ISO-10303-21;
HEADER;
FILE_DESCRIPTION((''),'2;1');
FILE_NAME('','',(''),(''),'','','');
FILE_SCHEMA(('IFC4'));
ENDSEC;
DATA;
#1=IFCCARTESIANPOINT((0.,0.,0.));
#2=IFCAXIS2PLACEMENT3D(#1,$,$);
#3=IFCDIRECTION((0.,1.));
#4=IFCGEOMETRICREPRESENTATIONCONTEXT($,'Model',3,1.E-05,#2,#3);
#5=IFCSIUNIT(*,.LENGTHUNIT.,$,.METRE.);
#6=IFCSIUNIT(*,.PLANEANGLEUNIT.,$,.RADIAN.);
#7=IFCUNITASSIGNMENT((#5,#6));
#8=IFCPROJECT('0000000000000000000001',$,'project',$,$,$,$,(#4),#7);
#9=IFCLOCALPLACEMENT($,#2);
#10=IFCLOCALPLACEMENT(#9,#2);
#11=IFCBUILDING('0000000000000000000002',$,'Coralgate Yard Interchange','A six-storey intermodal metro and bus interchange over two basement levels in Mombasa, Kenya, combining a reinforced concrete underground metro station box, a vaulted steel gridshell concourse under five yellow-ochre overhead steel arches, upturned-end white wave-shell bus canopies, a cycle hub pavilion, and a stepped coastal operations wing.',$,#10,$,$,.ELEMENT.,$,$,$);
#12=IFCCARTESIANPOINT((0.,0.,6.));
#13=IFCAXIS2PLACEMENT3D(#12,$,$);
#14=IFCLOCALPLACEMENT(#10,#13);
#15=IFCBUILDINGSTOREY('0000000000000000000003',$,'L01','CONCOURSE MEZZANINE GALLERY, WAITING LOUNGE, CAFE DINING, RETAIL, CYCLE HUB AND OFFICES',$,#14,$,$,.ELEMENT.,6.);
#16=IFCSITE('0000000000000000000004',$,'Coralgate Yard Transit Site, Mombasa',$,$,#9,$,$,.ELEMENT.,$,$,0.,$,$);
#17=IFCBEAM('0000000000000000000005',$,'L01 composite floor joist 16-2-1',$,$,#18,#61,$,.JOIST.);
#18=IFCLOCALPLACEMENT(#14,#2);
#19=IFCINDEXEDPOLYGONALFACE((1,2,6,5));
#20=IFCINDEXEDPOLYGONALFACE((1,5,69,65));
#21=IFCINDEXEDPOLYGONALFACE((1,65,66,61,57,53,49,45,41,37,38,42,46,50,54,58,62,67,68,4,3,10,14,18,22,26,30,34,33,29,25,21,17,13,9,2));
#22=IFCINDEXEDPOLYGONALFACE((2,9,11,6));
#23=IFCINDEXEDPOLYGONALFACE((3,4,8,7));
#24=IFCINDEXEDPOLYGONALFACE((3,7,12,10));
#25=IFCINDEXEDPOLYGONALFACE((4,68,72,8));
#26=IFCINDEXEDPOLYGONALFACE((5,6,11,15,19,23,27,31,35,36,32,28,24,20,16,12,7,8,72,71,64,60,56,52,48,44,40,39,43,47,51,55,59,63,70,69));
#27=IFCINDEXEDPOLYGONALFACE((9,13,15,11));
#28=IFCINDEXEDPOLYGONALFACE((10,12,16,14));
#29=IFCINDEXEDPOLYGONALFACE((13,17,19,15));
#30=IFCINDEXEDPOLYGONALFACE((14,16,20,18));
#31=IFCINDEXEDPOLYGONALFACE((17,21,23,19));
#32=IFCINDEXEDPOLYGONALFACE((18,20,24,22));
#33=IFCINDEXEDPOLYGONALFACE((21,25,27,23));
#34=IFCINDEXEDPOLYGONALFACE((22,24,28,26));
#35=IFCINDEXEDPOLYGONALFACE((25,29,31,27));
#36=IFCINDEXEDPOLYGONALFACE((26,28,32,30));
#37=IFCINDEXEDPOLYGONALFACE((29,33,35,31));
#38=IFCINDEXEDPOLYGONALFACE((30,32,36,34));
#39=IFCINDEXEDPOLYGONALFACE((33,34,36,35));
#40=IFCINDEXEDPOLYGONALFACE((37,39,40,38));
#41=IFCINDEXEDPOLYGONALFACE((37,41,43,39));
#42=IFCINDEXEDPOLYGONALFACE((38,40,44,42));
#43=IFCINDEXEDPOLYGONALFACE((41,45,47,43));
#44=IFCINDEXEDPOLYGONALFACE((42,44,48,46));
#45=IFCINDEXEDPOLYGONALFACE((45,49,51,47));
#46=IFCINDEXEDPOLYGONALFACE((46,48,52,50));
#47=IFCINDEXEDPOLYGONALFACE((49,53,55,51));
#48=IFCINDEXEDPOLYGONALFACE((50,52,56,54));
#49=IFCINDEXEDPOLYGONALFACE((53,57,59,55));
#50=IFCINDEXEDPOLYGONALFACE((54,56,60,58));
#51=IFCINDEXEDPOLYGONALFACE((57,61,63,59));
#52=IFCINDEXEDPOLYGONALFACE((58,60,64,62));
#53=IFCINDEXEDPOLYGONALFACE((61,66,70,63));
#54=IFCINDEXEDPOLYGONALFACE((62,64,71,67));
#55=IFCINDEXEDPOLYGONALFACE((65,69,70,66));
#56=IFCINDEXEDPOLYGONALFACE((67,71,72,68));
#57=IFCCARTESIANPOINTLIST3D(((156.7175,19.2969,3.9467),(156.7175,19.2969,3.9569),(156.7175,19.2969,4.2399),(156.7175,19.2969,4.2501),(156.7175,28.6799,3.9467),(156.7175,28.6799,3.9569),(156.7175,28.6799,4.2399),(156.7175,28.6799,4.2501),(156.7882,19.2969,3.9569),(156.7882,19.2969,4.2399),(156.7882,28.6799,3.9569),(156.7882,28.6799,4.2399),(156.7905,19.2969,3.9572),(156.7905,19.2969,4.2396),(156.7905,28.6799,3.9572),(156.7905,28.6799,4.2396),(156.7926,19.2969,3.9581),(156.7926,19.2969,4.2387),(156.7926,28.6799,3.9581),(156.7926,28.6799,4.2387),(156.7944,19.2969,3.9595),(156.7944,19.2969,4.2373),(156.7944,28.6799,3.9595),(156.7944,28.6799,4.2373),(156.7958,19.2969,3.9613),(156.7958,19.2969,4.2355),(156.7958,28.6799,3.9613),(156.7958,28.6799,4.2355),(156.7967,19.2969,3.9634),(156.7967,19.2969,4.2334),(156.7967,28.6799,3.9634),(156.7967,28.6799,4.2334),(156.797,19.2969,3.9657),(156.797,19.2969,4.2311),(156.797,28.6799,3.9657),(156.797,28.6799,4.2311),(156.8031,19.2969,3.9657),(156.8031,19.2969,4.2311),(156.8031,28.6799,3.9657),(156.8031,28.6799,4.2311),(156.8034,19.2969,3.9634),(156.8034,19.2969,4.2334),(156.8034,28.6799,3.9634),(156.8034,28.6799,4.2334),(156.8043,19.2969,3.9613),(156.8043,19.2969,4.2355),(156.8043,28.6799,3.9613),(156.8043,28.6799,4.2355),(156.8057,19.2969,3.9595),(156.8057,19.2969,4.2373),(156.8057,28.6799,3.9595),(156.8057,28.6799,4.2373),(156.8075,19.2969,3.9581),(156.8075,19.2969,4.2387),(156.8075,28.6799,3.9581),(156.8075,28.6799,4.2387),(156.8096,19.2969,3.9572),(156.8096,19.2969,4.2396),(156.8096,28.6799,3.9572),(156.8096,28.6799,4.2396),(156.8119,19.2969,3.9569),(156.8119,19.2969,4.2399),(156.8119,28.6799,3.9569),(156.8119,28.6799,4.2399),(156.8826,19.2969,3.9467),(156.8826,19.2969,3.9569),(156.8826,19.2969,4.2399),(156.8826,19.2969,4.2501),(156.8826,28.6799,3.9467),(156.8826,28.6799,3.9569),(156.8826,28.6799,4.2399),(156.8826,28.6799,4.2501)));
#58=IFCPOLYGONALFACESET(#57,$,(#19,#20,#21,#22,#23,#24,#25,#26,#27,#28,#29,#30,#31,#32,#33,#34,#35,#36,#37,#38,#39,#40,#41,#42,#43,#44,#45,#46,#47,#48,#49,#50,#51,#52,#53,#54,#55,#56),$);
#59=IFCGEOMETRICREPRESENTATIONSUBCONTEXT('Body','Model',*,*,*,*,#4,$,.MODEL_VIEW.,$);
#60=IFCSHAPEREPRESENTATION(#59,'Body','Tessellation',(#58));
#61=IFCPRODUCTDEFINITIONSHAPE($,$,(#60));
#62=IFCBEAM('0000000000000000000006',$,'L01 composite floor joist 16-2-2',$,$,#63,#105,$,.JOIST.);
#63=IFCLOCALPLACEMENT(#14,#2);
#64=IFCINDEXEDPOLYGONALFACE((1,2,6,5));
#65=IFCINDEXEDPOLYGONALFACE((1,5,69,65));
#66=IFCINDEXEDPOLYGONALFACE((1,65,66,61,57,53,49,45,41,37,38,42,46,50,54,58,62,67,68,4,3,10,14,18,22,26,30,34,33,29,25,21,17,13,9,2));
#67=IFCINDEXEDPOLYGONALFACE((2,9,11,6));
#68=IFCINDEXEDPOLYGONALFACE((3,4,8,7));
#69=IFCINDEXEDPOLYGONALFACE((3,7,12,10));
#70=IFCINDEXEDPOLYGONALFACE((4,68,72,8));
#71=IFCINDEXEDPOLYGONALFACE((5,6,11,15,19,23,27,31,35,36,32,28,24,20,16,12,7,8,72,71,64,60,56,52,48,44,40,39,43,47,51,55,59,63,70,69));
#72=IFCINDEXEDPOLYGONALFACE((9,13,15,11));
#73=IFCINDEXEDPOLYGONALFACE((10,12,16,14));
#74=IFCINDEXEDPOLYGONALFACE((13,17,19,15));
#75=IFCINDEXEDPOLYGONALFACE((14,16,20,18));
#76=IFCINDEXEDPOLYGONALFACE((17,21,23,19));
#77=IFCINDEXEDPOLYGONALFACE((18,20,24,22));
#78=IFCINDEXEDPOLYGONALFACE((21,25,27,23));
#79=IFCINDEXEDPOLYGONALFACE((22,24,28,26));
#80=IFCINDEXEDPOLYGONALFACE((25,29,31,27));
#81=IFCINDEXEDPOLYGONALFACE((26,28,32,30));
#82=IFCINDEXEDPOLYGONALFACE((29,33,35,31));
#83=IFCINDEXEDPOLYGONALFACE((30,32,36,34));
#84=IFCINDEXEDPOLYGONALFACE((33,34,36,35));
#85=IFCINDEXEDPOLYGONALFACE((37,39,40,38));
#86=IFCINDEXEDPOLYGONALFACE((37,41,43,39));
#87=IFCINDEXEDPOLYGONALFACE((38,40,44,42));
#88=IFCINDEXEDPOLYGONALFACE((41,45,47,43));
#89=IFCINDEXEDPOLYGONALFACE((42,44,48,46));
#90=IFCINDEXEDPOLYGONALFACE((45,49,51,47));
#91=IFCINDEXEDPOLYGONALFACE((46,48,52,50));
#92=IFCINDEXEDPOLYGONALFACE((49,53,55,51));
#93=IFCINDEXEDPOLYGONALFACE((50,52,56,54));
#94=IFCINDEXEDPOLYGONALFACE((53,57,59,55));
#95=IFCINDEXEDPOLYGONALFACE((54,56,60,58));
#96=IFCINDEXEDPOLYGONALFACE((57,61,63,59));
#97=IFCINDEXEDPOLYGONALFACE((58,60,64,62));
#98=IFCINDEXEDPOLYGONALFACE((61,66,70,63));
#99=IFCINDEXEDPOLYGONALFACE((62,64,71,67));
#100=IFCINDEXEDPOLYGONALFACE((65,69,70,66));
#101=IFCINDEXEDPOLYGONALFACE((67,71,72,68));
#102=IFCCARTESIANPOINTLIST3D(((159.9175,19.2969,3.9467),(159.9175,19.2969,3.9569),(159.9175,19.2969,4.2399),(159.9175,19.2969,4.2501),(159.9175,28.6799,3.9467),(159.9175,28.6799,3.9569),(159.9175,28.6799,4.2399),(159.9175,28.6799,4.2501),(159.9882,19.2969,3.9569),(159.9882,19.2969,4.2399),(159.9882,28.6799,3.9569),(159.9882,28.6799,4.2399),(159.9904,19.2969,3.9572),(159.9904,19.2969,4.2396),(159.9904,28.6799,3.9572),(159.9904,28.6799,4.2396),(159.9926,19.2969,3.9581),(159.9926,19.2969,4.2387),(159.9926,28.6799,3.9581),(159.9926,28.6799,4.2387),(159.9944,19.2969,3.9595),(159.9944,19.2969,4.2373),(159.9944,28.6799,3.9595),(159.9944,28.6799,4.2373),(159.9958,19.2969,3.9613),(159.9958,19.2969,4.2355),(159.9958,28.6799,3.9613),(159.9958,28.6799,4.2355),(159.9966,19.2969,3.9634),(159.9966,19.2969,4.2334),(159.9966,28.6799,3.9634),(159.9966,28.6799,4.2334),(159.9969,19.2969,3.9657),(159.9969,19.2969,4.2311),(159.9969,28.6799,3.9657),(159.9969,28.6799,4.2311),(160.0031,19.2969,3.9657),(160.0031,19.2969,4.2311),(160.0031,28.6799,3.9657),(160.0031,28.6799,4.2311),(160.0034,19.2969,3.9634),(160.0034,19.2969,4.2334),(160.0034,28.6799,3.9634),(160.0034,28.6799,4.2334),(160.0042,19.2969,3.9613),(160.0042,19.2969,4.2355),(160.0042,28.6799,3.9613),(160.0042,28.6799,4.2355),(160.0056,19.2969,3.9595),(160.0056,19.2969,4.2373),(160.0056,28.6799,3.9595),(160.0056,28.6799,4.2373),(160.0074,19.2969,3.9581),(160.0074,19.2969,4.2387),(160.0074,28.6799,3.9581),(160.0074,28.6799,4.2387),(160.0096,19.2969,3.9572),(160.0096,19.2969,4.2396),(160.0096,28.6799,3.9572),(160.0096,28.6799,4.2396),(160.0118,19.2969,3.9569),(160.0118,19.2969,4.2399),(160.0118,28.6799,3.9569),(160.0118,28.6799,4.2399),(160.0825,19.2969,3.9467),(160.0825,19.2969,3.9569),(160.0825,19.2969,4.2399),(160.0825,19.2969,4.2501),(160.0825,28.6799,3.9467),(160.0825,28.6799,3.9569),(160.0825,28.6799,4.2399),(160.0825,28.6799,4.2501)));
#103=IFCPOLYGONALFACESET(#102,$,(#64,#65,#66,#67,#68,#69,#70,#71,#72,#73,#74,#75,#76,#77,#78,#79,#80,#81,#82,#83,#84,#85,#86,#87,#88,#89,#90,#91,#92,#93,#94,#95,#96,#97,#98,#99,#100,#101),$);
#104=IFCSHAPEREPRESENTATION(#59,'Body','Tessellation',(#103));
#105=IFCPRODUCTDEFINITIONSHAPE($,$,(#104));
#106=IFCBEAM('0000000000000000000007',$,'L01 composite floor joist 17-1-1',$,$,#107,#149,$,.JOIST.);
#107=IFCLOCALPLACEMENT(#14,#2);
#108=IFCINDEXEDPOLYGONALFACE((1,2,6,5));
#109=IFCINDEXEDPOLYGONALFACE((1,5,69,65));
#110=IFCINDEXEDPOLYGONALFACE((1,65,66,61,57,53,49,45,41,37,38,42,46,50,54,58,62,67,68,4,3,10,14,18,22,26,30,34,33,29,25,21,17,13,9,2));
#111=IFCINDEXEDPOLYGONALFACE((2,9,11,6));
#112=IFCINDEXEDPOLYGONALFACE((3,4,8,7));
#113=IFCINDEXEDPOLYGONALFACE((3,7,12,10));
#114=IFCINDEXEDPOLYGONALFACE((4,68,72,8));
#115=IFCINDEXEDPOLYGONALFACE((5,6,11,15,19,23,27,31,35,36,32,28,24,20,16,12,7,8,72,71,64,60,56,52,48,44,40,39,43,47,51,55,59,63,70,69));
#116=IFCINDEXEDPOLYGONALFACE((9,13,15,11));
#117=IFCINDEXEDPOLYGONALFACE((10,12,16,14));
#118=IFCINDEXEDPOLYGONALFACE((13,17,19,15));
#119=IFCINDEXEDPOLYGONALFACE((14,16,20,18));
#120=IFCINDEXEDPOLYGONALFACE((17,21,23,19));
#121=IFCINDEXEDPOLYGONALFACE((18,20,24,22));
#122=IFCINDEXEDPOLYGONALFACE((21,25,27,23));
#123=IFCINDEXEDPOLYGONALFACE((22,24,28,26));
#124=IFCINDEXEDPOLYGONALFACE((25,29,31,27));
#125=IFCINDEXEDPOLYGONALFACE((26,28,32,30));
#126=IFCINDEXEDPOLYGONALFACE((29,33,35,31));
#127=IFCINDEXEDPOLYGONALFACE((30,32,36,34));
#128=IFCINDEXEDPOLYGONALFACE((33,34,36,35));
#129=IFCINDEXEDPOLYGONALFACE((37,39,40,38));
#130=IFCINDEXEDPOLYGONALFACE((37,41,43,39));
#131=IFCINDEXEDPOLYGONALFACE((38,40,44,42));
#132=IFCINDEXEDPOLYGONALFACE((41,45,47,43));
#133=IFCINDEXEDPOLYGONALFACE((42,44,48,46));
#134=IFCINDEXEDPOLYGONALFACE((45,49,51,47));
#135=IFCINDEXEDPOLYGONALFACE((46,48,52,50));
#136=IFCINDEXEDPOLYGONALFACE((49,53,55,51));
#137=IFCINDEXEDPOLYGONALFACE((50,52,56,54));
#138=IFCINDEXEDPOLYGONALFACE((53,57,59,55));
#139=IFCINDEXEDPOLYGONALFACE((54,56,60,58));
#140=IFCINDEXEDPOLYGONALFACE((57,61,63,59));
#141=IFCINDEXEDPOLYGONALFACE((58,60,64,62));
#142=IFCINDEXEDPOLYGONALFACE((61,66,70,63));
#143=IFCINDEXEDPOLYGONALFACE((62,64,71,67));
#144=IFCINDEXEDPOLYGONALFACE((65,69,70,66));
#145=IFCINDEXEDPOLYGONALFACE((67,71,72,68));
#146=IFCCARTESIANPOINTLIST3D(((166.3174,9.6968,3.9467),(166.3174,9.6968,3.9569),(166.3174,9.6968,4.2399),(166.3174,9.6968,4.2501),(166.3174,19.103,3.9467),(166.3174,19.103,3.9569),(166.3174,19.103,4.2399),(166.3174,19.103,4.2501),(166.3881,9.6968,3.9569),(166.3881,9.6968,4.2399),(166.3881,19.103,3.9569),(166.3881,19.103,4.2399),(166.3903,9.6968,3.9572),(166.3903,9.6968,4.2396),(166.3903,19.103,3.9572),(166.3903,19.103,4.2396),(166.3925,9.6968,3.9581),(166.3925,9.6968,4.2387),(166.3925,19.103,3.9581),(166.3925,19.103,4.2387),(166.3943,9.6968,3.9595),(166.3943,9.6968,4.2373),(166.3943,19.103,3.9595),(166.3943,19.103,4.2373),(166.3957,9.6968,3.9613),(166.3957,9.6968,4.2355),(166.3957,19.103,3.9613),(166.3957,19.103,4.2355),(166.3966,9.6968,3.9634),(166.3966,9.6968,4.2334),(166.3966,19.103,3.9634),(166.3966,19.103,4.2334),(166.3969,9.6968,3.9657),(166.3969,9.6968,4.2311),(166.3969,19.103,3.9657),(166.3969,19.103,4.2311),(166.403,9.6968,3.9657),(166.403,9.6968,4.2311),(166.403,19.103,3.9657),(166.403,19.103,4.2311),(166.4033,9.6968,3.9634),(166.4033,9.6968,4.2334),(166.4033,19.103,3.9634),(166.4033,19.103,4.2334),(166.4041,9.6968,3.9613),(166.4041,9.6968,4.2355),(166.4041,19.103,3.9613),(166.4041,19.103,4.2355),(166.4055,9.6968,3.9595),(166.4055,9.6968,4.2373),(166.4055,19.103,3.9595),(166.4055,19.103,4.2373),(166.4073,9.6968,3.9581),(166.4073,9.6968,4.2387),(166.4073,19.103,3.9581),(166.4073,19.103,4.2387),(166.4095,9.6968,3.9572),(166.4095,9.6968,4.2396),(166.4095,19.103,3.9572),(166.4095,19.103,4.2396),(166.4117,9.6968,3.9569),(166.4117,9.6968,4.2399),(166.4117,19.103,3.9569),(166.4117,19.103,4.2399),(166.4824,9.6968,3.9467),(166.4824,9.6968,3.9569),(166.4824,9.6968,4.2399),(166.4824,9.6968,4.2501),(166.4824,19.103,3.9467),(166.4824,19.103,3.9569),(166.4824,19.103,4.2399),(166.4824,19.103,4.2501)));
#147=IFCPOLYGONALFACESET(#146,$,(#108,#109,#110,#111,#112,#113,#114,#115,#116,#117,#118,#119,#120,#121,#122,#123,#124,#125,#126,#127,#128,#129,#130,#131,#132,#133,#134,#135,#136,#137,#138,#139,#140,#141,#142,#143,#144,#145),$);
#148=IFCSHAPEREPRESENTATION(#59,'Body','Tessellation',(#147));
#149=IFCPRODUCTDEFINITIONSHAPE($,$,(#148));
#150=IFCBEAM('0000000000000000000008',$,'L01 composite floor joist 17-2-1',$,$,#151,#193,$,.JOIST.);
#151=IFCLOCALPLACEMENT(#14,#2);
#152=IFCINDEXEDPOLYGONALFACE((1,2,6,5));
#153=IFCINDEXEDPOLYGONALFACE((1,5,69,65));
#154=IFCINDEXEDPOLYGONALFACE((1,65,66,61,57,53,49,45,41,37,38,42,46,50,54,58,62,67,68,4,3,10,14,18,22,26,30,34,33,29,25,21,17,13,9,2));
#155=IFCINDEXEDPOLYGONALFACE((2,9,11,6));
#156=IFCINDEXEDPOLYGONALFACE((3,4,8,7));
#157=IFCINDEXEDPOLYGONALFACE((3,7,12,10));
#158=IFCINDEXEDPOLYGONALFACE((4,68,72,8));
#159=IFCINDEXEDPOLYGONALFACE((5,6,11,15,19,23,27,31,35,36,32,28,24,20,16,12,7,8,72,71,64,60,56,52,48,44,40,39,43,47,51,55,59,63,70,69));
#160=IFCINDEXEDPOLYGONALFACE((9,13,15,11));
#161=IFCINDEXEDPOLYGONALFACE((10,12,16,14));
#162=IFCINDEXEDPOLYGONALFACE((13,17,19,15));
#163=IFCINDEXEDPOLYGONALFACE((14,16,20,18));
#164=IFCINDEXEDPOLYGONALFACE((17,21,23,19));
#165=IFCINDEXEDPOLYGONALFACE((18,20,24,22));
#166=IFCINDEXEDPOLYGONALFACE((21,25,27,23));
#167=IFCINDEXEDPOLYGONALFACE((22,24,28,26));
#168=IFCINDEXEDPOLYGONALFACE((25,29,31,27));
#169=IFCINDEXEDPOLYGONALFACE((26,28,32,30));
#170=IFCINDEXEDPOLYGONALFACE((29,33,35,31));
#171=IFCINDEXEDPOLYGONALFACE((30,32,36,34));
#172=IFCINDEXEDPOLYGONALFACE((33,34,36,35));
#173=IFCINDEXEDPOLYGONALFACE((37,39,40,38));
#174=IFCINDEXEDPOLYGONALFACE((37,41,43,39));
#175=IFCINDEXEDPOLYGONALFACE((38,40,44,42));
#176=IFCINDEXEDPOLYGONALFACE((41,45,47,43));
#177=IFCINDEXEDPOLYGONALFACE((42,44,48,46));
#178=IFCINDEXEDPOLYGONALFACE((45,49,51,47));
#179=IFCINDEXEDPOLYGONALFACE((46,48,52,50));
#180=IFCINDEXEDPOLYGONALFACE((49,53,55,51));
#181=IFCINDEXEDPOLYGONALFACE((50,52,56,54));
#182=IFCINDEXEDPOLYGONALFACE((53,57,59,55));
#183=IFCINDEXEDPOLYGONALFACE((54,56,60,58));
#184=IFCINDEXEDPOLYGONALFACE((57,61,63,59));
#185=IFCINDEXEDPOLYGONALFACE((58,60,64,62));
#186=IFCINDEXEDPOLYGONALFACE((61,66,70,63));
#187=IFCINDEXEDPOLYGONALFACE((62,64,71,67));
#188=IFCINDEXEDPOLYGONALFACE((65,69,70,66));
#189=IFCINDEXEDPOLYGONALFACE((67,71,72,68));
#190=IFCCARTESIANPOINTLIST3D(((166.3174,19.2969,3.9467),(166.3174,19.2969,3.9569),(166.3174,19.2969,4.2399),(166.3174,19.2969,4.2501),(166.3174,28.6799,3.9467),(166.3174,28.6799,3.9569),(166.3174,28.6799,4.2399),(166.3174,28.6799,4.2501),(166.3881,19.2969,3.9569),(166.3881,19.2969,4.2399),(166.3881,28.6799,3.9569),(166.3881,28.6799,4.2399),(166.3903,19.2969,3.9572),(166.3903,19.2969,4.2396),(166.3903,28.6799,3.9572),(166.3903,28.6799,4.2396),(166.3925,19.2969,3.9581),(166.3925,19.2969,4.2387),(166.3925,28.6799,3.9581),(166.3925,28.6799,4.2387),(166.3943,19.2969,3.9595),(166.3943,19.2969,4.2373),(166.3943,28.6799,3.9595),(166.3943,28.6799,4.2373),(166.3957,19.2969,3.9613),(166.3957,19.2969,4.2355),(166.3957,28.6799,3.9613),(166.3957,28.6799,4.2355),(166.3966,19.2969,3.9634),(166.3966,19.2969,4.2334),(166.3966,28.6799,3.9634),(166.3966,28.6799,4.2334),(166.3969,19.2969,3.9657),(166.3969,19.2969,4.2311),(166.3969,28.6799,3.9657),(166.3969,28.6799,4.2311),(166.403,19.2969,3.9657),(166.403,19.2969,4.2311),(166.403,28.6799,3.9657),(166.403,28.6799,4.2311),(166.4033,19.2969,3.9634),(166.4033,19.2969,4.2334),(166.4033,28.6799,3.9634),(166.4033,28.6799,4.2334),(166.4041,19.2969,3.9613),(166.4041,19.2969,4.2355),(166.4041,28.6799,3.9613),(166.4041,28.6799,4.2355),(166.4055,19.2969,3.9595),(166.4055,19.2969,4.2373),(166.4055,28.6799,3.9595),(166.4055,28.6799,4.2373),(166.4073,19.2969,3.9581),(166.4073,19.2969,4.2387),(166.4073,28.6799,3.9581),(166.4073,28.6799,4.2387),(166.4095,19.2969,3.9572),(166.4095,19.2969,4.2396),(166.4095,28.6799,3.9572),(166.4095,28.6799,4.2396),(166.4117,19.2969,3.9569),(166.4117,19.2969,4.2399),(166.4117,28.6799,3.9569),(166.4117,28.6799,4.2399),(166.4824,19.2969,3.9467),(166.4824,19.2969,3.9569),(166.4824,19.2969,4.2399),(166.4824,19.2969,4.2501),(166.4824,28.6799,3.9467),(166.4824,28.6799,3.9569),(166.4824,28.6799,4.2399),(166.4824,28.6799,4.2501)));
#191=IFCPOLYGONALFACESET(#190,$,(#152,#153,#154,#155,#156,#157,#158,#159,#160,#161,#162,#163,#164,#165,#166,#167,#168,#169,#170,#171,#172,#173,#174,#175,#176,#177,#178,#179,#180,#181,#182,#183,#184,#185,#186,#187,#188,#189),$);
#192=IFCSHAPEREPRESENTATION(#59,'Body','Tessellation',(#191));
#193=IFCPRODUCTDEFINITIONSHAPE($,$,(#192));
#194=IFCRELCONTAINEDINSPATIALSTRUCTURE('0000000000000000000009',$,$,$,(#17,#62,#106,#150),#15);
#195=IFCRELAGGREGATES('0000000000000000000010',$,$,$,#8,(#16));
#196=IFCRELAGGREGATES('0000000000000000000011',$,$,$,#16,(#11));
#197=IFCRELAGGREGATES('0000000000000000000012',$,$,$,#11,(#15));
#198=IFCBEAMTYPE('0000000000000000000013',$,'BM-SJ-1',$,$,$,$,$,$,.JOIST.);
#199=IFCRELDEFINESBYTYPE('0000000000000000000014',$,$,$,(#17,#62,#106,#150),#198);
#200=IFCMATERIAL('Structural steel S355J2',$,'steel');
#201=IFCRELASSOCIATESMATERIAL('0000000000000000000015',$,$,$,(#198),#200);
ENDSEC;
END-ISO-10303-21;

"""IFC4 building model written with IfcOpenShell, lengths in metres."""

from ifc_helpers import new_model, si_unit, direction, frame, origin, origin_2d, place, context, subcontext, project, spatial, i_section, extrude, material, material_profile, profile_set, type_object, element, save


model = new_model("IFC4")

# Units and contexts
model_context = context("Model", 3, precision=1e-05, world=origin(), true_north=direction((0.0, 1.0)))
body_context = subcontext(model_context, "Body", "Model", "MODEL_VIEW")
ifc_project = project(units=[si_unit("LENGTHUNIT", "METRE"), si_unit("PLANEANGLEUNIT", "RADIAN")], contexts=[model_context])

# Site, building, storey
site_placement = place(None, origin())
site = spatial("IfcSite", under=ifc_project, at=site_placement, Name="Coralgate Yard Transit Site, Mombasa", CompositionType="ELEMENT", RefElevation=0.0)
building_placement = place(site_placement, origin())
building = spatial("IfcBuilding", under=site, at=building_placement, Name="Coralgate Yard Interchange", Description="A six-storey intermodal metro and bus interchange over two basement levels in Mombasa, Kenya, combining a reinforced concrete underground metro station box, a vaulted steel gridshell concourse under five yellow-ochre overhead steel arches, upturned-end white wave-shell bus canopies, a cycle hub pavilion, and a stepped coastal operations wing.", CompositionType="ELEMENT")
storey_placement = place(building_placement, frame((0.0, 0.0, 6.0)))
storey = spatial("IfcBuildingStorey", under=building, at=storey_placement, Name="L01", Description="CONCOURSE MEZZANINE GALLERY, WAITING LOUNGE, CAFE DINING, RETAIL, CYCLE HUB AND OFFICES", CompositionType="ELEMENT", Elevation=6.0)

# Shared definitions
ifc_material_1 = material(Name="Structural steel S355J2", Category="steel")

# Beams
ifc_material_profile_1 = material_profile(ifc_material_1, i_section(OverallWidth=0.165, OverallDepth=0.3035, WebThickness=0.0061, FlangeThickness=0.0103, FilletRadius=0.0088, at=origin_2d()), Name="UB 305x165x40")
ifc_profile_set_1 = profile_set([ifc_material_profile_1], Name="Structural steel S355J2")
beam_type_1 = type_object("IfcBeamType", Name="BM-SJ-1", PredefinedType="JOIST", material=ifc_profile_set_1)
for number, where, z_axis, x_axis, name in (
    (1, (156.8, 19.2969, 4.0984), (0.0, 1.0, 0.0), (-1.0, 0.0, 0.0), "L01 composite floor joist 16-2-1"),
    (2, (160.0, 19.2969, 4.0984), (0.0, 1.0, 0.0), (-1.0, 0.0, 0.0), "L01 composite floor joist 16-2-2"),
):
    element("IfcBeam", number, at=place(storey_placement, frame(where, z_axis=z_axis, x_axis=x_axis)), inside=storey, type_object=beam_type_1, Name=name, PredefinedType="JOIST", context=body_context, shape_type="SweptSolid", body=[
        extrude(i_section(OverallWidth=0.165, OverallDepth=0.3035, WebThickness=0.0061, FlangeThickness=0.0103, FilletRadius=0.0088, at=origin_2d()), origin(), (0.0, 0.0, 1.0), 9.3831),
    ])
beam_1_placement = place(storey_placement, frame((166.3999, 9.6968, 4.0984), z_axis=(0.0, 1.0, 0.0), x_axis=(-1.0, 0.0, 0.0)))
element("IfcBeam", 3, at=beam_1_placement, inside=storey, type_object=beam_type_1, Name="L01 composite floor joist 17-1-1", PredefinedType="JOIST", context=body_context, shape_type="SweptSolid", body=[
    extrude(i_section(OverallWidth=0.165, OverallDepth=0.3035, WebThickness=0.0061, FlangeThickness=0.0103, FilletRadius=0.0088, at=origin_2d()), origin(), (0.0, 0.0, 1.0), 9.4062),
])
beam_2_placement = place(storey_placement, frame((166.3999, 19.2969, 4.0984), z_axis=(0.0, 1.0, 0.0), x_axis=(-1.0, 0.0, 0.0)))
element("IfcBeam", 4, at=beam_2_placement, inside=storey, type_object=beam_type_1, Name="L01 composite floor joist 17-2-1", PredefinedType="JOIST", context=body_context, shape_type="SweptSolid", body=[
    extrude(i_section(OverallWidth=0.165, OverallDepth=0.3035, WebThickness=0.0061, FlangeThickness=0.0103, FilletRadius=0.0088, at=origin_2d()), origin(), (0.0, 0.0, 1.0), 9.3831),
])

save(model, "model.ifc")
